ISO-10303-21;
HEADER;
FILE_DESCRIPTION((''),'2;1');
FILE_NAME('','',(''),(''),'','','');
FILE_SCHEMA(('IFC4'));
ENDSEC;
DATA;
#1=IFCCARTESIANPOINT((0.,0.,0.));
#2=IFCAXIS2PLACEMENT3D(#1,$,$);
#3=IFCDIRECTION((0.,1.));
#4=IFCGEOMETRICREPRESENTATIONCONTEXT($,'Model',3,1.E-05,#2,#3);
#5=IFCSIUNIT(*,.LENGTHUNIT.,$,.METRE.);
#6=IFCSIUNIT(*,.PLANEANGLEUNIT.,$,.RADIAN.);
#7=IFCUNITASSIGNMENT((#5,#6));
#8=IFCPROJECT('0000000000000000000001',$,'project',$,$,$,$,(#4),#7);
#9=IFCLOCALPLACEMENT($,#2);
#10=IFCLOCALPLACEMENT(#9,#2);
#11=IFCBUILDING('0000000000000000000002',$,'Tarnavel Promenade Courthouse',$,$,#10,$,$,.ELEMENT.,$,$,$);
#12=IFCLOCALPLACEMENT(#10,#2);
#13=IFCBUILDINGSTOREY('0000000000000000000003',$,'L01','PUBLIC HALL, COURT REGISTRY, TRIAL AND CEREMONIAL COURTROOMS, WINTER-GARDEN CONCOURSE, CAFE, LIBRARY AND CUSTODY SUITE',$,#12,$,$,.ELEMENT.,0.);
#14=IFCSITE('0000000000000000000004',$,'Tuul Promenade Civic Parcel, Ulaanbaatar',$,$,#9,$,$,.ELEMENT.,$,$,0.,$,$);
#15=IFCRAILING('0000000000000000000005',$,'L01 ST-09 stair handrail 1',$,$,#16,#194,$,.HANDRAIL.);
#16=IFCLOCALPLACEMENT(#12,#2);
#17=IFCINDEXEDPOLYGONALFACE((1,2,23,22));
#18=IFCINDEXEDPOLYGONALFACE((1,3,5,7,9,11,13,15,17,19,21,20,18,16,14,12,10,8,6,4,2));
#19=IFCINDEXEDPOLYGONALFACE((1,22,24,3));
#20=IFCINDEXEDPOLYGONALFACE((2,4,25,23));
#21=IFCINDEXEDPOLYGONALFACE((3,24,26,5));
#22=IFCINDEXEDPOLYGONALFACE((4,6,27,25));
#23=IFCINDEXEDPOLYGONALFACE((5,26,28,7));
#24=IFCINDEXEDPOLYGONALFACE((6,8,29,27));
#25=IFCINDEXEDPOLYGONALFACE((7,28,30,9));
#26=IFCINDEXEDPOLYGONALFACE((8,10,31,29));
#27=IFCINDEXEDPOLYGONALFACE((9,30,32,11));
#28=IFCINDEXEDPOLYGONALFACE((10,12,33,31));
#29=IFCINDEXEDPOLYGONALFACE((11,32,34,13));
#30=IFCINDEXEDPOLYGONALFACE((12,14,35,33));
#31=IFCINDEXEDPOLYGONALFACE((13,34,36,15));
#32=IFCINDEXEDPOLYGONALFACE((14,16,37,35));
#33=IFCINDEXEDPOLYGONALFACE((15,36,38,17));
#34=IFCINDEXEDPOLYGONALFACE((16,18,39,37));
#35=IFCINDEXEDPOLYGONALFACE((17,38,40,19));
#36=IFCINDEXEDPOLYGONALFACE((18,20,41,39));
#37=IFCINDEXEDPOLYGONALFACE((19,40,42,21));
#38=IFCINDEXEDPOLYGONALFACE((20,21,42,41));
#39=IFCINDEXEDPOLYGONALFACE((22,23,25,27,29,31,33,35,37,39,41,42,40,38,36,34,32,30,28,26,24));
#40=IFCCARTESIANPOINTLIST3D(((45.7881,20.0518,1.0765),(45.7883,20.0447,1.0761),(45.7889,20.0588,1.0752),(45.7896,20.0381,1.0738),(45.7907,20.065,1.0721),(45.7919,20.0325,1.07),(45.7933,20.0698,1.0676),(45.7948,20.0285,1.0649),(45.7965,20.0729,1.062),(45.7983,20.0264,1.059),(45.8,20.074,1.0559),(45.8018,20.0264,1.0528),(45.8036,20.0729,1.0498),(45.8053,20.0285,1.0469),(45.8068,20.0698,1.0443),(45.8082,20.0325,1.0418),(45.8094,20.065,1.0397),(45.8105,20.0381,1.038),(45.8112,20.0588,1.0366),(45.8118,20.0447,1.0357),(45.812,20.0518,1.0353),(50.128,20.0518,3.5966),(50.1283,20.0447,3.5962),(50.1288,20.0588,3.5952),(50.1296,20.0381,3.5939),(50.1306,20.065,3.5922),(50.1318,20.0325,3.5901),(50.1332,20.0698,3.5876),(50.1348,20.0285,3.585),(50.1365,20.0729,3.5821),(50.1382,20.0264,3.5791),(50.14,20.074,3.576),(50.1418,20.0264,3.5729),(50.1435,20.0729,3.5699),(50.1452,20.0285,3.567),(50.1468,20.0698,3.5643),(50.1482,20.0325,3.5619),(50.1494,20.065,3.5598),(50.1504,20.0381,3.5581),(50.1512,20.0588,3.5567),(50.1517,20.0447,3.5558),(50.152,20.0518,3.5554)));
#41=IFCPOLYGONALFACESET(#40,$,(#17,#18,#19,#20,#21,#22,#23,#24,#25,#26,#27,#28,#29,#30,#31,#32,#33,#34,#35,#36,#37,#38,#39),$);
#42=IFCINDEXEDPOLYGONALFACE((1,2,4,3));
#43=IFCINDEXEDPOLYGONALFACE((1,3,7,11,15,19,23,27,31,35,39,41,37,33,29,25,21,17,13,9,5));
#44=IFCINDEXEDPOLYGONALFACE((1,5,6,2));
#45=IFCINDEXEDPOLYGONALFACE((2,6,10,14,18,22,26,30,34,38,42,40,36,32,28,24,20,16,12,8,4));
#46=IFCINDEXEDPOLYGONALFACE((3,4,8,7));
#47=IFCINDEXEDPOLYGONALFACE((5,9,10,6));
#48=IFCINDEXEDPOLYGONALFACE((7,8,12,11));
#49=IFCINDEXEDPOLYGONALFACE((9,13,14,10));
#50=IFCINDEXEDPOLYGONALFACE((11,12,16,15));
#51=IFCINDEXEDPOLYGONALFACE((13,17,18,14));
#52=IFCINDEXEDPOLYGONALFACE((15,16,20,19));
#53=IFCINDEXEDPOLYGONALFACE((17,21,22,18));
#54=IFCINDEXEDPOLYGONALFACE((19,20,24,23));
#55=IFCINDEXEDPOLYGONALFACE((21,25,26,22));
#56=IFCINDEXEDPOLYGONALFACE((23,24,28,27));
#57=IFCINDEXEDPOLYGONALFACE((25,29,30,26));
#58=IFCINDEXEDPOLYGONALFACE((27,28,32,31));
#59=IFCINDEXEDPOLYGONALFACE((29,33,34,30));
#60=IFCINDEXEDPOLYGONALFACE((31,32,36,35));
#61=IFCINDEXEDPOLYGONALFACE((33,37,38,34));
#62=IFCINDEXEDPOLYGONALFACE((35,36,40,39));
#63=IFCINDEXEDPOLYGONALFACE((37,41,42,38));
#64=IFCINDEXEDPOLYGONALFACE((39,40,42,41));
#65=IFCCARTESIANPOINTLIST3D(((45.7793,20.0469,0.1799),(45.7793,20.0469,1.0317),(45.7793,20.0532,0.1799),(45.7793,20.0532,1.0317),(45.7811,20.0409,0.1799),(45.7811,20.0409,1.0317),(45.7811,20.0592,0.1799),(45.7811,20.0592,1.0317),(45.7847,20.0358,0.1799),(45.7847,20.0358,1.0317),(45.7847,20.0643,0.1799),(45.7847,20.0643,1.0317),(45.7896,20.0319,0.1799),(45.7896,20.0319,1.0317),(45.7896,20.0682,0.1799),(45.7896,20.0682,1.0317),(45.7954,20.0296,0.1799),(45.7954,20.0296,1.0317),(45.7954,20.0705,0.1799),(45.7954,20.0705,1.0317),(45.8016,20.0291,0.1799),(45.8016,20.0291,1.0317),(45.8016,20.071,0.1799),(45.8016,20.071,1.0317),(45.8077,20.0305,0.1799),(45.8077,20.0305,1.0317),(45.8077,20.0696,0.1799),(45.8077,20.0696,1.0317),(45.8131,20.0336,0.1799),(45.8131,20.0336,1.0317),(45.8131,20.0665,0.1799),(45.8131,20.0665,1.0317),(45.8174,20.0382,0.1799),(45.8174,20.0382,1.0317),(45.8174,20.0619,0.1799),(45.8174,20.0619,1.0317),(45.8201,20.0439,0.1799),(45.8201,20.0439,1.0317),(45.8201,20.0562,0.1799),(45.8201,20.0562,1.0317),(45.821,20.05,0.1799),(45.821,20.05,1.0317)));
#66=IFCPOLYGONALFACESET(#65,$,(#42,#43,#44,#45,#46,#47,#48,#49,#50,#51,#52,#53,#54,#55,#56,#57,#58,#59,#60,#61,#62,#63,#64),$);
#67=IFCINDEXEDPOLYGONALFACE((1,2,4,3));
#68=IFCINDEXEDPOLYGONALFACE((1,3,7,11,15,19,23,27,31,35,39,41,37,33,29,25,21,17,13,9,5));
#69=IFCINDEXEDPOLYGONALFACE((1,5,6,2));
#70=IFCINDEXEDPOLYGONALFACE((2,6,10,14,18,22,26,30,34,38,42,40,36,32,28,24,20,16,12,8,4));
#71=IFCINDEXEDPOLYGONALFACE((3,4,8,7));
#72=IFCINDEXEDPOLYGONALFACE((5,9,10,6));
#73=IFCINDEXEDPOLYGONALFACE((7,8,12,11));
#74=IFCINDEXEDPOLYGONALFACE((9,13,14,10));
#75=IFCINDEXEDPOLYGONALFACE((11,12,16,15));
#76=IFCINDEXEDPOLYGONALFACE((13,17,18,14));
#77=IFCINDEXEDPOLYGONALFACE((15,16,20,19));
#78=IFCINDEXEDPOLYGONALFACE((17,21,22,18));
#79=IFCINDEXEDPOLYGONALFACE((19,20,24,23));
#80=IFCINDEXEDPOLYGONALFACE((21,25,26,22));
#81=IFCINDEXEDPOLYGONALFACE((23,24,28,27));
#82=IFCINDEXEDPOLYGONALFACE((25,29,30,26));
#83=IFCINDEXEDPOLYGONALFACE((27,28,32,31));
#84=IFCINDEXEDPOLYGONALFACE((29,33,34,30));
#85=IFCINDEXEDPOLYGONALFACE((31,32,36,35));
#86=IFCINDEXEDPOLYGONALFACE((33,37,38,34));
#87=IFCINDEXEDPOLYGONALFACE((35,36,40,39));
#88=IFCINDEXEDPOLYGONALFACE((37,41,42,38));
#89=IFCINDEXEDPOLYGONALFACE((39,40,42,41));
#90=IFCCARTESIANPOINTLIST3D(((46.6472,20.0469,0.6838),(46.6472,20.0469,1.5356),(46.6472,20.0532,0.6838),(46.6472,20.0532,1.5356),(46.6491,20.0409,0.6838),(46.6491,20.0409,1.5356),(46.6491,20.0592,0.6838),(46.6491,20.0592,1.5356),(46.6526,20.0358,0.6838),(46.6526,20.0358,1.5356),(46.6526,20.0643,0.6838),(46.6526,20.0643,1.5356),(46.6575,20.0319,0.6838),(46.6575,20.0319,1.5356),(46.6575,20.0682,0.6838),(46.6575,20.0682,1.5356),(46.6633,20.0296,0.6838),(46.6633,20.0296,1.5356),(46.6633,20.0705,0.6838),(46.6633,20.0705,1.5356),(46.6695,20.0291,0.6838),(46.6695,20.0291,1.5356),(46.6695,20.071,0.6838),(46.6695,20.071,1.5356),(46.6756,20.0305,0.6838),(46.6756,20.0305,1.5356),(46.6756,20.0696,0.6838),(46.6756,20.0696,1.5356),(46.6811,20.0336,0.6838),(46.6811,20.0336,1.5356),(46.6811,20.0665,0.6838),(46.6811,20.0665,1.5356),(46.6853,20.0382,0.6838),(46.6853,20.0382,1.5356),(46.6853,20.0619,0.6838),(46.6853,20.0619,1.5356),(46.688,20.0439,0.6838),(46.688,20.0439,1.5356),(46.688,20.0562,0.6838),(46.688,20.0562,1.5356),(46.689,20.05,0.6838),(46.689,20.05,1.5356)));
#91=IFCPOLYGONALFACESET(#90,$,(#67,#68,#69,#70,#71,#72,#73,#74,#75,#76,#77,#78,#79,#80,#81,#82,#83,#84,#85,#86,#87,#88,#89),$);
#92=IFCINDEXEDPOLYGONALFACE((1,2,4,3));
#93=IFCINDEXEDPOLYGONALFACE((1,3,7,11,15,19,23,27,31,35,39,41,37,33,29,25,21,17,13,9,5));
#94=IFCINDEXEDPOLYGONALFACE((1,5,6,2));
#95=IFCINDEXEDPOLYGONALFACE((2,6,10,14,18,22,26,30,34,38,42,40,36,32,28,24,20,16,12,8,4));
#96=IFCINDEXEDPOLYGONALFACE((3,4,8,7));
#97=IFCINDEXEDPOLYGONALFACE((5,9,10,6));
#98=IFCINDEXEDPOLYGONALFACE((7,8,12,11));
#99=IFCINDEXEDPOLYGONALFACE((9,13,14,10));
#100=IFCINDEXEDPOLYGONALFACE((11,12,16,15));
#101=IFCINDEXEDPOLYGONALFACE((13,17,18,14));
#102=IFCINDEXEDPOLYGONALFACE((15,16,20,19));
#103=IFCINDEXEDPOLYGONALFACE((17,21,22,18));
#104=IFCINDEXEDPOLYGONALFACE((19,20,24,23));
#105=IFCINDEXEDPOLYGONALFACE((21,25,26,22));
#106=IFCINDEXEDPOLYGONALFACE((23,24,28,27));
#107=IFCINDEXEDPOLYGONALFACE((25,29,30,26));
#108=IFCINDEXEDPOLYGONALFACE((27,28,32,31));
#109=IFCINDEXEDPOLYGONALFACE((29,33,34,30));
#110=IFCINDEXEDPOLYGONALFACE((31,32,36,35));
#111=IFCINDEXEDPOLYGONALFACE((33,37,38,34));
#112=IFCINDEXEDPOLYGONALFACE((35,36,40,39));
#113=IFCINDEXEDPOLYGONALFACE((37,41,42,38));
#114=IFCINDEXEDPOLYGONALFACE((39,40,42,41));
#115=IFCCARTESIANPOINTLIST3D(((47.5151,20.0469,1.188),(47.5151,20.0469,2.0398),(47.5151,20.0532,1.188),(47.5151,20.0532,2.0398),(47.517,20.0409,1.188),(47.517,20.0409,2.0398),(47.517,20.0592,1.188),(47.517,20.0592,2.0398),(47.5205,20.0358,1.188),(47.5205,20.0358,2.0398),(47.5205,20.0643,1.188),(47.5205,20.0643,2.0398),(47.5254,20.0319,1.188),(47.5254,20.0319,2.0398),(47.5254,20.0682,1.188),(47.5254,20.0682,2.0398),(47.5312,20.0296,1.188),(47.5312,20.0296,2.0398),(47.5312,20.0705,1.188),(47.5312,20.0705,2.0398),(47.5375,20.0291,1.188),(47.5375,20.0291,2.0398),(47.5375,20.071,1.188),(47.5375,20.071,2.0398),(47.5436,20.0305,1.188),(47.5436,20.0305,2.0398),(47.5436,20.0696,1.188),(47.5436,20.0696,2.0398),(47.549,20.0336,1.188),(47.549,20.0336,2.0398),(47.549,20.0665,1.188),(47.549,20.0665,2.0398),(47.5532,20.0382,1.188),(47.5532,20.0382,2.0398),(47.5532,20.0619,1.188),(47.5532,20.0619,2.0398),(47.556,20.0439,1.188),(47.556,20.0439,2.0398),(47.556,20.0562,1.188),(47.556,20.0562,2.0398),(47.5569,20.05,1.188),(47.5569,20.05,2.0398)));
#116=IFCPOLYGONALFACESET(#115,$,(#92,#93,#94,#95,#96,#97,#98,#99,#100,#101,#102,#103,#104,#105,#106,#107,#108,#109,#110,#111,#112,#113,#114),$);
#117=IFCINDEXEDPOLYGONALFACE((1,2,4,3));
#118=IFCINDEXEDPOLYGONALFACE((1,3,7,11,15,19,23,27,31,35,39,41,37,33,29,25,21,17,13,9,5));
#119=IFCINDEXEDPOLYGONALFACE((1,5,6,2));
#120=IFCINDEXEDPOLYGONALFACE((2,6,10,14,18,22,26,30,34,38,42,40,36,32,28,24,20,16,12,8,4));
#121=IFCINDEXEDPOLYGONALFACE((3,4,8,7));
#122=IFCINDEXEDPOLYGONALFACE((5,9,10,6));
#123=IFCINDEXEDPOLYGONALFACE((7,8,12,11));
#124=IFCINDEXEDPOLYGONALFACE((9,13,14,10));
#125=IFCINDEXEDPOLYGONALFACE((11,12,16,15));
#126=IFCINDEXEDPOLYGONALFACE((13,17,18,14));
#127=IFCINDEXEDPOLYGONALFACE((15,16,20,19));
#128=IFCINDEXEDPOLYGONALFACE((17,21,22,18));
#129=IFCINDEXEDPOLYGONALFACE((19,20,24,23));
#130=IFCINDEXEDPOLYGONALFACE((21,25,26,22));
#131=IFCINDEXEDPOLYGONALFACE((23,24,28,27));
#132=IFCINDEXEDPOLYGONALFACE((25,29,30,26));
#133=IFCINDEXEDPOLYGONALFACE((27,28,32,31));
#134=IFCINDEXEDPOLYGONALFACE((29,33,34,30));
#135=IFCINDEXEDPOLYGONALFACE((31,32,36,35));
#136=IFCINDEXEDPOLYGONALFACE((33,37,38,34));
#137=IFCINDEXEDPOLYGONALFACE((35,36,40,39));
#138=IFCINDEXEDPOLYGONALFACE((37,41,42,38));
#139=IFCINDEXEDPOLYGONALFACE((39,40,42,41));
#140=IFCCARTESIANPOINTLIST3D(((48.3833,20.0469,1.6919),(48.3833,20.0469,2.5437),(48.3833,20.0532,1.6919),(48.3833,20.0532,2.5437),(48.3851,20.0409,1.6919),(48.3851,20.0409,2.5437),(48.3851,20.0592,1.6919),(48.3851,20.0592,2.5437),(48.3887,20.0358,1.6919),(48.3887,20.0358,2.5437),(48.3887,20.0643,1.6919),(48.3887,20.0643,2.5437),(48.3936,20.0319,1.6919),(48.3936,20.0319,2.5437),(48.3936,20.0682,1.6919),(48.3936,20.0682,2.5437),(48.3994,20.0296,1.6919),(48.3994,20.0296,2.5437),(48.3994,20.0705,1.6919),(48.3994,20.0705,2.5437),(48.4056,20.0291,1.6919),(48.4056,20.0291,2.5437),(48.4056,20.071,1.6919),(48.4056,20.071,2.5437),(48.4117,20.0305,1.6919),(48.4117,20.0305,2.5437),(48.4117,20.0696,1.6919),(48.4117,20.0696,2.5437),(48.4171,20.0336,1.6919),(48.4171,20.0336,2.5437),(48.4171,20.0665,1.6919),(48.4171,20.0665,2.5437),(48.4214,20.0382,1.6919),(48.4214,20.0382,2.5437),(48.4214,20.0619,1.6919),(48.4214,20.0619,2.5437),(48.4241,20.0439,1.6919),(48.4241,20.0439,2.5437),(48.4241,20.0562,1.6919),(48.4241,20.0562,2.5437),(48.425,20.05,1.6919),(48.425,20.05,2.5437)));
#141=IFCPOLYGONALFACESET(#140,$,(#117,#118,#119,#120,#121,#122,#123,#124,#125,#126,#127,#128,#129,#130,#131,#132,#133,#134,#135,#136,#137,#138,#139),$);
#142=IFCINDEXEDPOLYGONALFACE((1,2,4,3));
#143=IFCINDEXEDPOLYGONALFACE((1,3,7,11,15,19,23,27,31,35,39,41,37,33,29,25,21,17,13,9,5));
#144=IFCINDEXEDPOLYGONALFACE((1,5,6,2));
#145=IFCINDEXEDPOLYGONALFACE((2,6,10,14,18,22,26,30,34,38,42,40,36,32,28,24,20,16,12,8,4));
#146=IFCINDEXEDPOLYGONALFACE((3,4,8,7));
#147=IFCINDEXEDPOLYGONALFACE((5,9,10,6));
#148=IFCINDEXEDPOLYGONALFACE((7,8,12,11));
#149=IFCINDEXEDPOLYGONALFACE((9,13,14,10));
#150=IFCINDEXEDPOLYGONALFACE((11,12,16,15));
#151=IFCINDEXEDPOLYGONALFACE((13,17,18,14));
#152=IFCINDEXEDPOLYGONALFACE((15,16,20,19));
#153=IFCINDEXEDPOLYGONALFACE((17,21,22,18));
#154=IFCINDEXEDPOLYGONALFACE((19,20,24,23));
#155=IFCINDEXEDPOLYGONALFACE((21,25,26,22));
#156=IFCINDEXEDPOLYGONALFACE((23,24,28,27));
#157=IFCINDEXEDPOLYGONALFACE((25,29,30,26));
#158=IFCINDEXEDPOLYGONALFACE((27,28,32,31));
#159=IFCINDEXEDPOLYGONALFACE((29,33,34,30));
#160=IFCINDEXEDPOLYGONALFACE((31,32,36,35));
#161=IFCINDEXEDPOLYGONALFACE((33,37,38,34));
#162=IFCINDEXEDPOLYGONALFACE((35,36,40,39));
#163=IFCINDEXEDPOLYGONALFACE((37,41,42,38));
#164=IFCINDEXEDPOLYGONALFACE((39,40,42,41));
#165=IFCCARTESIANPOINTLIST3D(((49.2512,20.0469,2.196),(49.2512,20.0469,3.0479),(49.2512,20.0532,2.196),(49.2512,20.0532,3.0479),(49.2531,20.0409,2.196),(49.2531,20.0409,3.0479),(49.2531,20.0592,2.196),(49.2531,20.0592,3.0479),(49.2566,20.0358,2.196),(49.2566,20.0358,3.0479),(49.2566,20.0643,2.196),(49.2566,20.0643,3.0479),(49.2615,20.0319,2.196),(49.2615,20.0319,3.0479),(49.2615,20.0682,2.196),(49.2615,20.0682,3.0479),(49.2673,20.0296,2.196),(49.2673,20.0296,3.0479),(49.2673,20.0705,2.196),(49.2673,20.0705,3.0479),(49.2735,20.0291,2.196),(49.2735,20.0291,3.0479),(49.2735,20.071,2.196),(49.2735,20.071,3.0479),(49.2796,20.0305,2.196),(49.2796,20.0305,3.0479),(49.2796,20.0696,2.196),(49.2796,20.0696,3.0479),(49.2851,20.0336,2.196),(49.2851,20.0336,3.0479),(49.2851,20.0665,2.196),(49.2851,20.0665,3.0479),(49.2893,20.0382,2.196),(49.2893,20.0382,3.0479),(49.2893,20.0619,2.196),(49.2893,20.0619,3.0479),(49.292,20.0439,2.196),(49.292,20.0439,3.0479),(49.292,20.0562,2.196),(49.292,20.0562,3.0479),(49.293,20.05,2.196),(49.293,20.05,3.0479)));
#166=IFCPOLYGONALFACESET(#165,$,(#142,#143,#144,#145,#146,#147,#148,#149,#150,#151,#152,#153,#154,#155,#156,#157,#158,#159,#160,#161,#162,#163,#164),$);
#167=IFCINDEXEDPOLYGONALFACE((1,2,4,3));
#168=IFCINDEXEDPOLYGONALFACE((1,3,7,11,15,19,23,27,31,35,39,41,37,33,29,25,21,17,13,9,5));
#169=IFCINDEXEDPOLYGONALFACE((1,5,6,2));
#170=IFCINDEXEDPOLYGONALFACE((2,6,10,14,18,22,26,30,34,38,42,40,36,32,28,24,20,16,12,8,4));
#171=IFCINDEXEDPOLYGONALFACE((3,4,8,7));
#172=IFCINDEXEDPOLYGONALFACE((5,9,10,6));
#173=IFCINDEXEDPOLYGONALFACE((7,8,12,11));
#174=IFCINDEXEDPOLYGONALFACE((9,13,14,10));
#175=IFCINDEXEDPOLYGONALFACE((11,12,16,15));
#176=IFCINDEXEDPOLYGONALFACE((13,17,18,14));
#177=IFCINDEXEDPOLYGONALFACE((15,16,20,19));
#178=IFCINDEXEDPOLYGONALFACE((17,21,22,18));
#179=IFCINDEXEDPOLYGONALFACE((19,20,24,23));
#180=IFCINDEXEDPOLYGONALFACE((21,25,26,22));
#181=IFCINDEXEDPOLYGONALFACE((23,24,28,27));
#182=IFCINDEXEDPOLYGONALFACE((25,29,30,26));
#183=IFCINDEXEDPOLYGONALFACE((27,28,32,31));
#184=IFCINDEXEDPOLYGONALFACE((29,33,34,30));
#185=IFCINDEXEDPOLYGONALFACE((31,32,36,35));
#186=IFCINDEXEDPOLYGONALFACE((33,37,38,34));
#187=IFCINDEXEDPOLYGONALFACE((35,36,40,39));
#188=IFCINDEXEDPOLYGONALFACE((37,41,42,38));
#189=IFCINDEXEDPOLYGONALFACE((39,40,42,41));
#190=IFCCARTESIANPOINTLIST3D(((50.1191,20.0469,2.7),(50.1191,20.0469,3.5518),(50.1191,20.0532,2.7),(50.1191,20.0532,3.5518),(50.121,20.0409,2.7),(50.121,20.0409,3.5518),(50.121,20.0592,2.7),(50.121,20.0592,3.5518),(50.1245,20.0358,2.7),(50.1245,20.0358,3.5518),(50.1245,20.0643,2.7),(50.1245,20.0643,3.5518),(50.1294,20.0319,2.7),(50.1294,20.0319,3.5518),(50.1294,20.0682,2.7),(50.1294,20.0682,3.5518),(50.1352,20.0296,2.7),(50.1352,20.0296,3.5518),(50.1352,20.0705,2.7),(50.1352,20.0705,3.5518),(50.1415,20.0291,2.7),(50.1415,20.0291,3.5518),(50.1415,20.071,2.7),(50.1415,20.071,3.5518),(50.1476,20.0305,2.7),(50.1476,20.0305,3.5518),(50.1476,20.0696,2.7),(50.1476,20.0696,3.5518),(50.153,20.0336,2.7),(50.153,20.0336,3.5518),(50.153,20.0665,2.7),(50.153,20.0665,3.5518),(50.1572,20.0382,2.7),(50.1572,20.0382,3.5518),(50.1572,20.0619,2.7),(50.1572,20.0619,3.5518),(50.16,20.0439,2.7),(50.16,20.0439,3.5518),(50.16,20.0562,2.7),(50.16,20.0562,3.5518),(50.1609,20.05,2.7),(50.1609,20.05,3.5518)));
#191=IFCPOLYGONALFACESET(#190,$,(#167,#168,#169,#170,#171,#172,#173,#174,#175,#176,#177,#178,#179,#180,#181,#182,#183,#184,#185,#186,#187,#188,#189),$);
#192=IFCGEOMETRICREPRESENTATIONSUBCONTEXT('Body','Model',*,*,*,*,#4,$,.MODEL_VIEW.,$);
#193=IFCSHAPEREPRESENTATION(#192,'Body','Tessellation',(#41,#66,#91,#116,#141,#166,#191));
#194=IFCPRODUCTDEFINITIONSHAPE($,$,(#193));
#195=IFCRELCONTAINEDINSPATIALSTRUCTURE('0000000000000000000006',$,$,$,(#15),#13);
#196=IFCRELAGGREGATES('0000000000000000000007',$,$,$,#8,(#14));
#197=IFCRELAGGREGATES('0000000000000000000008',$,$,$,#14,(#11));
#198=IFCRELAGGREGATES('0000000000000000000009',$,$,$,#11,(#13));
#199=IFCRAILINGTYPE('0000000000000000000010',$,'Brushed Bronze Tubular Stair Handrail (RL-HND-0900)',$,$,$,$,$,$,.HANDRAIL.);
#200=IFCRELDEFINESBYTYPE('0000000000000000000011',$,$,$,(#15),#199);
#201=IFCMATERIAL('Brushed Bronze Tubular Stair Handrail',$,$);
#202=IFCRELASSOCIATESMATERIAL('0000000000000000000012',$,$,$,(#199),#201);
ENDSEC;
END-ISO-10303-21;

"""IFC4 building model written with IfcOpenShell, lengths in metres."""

from ifc_helpers import new_model, si_unit, direction, frame, origin, origin_2d, place, context, subcontext, project, spatial, circle, extrude, material, type_object, element, save


model = new_model("IFC4")

# Units and contexts
model_context = context("Model", 3, precision=1e-05, world=origin(), true_north=direction((0.0, 1.0)))
body_context = subcontext(model_context, "Body", "Model", "MODEL_VIEW")
ifc_project = project(units=[si_unit("LENGTHUNIT", "METRE"), si_unit("PLANEANGLEUNIT", "RADIAN")], contexts=[model_context])

# Site, building, storey
site_placement = place(None, origin())
site = spatial("IfcSite", under=ifc_project, at=site_placement, Name="Tuul Promenade Civic Parcel, Ulaanbaatar", CompositionType="ELEMENT", RefElevation=0.0)
building_placement = place(site_placement, origin())
building = spatial("IfcBuilding", under=site, at=building_placement, Name="Tarnavel Promenade Courthouse", CompositionType="ELEMENT")
storey_placement = place(building_placement, origin())
storey = spatial("IfcBuildingStorey", under=building, at=storey_placement, Name="L01", Description="PUBLIC HALL, COURT REGISTRY, TRIAL AND CEREMONIAL COURTROOMS, WINTER-GARDEN CONCOURSE, CAFE, LIBRARY AND CUSTODY SUITE", CompositionType="ELEMENT", Elevation=0.0)

# Railing
ifc_material_1 = material(Name="Brushed Bronze Tubular Stair Handrail")
railing_type_1 = type_object("IfcRailingType", Name="Brushed Bronze Tubular Stair Handrail (RL-HND-0900)", PredefinedType="HANDRAIL", material=ifc_material_1)
railing_1_placement = place(storey_placement, frame((45.8, 20.05, 0.1799)))
element("IfcRailing", 1, at=railing_1_placement, inside=storey, type_object=railing_type_1, Name="L01 ST-09 stair handrail 1", PredefinedType="HANDRAIL", context=body_context, shape_type="SweptSolid", body=[
    extrude(circle(Radius=0.0239, at=origin_2d()), frame((0.0, 0.0, 0.876), z_axis=(0.864779, 0.0, 0.502152), x_axis=(0.0, 1.0, 0.0)), (0.0, 0.0, 1.0), 5.0186),
    extrude(circle(Radius=0.021, at=origin_2d()), origin(), (0.0, 0.0, 1.0), 0.8518),
    extrude(circle(Radius=0.021, at=origin_2d()), frame((0.8679, 0.0, 0.5039)), (0.0, 0.0, 1.0), 0.8518),
    extrude(circle(Radius=0.021, at=origin_2d()), frame((1.7358, 0.0, 1.0081)), (0.0, 0.0, 1.0), 0.8518),
    extrude(circle(Radius=0.021, at=origin_2d()), frame((2.604, 0.0, 1.512)), (0.0, 0.0, 1.0), 0.8518),
    extrude(circle(Radius=0.021, at=origin_2d()), frame((3.4719, 0.0, 2.0161)), (0.0, 0.0, 1.0), 0.8518),
    extrude(circle(Radius=0.021, at=origin_2d()), frame((4.3398, 0.0, 2.52)), (0.0, 0.0, 1.0), 0.8518),
])

save(model, "model.ifc")
